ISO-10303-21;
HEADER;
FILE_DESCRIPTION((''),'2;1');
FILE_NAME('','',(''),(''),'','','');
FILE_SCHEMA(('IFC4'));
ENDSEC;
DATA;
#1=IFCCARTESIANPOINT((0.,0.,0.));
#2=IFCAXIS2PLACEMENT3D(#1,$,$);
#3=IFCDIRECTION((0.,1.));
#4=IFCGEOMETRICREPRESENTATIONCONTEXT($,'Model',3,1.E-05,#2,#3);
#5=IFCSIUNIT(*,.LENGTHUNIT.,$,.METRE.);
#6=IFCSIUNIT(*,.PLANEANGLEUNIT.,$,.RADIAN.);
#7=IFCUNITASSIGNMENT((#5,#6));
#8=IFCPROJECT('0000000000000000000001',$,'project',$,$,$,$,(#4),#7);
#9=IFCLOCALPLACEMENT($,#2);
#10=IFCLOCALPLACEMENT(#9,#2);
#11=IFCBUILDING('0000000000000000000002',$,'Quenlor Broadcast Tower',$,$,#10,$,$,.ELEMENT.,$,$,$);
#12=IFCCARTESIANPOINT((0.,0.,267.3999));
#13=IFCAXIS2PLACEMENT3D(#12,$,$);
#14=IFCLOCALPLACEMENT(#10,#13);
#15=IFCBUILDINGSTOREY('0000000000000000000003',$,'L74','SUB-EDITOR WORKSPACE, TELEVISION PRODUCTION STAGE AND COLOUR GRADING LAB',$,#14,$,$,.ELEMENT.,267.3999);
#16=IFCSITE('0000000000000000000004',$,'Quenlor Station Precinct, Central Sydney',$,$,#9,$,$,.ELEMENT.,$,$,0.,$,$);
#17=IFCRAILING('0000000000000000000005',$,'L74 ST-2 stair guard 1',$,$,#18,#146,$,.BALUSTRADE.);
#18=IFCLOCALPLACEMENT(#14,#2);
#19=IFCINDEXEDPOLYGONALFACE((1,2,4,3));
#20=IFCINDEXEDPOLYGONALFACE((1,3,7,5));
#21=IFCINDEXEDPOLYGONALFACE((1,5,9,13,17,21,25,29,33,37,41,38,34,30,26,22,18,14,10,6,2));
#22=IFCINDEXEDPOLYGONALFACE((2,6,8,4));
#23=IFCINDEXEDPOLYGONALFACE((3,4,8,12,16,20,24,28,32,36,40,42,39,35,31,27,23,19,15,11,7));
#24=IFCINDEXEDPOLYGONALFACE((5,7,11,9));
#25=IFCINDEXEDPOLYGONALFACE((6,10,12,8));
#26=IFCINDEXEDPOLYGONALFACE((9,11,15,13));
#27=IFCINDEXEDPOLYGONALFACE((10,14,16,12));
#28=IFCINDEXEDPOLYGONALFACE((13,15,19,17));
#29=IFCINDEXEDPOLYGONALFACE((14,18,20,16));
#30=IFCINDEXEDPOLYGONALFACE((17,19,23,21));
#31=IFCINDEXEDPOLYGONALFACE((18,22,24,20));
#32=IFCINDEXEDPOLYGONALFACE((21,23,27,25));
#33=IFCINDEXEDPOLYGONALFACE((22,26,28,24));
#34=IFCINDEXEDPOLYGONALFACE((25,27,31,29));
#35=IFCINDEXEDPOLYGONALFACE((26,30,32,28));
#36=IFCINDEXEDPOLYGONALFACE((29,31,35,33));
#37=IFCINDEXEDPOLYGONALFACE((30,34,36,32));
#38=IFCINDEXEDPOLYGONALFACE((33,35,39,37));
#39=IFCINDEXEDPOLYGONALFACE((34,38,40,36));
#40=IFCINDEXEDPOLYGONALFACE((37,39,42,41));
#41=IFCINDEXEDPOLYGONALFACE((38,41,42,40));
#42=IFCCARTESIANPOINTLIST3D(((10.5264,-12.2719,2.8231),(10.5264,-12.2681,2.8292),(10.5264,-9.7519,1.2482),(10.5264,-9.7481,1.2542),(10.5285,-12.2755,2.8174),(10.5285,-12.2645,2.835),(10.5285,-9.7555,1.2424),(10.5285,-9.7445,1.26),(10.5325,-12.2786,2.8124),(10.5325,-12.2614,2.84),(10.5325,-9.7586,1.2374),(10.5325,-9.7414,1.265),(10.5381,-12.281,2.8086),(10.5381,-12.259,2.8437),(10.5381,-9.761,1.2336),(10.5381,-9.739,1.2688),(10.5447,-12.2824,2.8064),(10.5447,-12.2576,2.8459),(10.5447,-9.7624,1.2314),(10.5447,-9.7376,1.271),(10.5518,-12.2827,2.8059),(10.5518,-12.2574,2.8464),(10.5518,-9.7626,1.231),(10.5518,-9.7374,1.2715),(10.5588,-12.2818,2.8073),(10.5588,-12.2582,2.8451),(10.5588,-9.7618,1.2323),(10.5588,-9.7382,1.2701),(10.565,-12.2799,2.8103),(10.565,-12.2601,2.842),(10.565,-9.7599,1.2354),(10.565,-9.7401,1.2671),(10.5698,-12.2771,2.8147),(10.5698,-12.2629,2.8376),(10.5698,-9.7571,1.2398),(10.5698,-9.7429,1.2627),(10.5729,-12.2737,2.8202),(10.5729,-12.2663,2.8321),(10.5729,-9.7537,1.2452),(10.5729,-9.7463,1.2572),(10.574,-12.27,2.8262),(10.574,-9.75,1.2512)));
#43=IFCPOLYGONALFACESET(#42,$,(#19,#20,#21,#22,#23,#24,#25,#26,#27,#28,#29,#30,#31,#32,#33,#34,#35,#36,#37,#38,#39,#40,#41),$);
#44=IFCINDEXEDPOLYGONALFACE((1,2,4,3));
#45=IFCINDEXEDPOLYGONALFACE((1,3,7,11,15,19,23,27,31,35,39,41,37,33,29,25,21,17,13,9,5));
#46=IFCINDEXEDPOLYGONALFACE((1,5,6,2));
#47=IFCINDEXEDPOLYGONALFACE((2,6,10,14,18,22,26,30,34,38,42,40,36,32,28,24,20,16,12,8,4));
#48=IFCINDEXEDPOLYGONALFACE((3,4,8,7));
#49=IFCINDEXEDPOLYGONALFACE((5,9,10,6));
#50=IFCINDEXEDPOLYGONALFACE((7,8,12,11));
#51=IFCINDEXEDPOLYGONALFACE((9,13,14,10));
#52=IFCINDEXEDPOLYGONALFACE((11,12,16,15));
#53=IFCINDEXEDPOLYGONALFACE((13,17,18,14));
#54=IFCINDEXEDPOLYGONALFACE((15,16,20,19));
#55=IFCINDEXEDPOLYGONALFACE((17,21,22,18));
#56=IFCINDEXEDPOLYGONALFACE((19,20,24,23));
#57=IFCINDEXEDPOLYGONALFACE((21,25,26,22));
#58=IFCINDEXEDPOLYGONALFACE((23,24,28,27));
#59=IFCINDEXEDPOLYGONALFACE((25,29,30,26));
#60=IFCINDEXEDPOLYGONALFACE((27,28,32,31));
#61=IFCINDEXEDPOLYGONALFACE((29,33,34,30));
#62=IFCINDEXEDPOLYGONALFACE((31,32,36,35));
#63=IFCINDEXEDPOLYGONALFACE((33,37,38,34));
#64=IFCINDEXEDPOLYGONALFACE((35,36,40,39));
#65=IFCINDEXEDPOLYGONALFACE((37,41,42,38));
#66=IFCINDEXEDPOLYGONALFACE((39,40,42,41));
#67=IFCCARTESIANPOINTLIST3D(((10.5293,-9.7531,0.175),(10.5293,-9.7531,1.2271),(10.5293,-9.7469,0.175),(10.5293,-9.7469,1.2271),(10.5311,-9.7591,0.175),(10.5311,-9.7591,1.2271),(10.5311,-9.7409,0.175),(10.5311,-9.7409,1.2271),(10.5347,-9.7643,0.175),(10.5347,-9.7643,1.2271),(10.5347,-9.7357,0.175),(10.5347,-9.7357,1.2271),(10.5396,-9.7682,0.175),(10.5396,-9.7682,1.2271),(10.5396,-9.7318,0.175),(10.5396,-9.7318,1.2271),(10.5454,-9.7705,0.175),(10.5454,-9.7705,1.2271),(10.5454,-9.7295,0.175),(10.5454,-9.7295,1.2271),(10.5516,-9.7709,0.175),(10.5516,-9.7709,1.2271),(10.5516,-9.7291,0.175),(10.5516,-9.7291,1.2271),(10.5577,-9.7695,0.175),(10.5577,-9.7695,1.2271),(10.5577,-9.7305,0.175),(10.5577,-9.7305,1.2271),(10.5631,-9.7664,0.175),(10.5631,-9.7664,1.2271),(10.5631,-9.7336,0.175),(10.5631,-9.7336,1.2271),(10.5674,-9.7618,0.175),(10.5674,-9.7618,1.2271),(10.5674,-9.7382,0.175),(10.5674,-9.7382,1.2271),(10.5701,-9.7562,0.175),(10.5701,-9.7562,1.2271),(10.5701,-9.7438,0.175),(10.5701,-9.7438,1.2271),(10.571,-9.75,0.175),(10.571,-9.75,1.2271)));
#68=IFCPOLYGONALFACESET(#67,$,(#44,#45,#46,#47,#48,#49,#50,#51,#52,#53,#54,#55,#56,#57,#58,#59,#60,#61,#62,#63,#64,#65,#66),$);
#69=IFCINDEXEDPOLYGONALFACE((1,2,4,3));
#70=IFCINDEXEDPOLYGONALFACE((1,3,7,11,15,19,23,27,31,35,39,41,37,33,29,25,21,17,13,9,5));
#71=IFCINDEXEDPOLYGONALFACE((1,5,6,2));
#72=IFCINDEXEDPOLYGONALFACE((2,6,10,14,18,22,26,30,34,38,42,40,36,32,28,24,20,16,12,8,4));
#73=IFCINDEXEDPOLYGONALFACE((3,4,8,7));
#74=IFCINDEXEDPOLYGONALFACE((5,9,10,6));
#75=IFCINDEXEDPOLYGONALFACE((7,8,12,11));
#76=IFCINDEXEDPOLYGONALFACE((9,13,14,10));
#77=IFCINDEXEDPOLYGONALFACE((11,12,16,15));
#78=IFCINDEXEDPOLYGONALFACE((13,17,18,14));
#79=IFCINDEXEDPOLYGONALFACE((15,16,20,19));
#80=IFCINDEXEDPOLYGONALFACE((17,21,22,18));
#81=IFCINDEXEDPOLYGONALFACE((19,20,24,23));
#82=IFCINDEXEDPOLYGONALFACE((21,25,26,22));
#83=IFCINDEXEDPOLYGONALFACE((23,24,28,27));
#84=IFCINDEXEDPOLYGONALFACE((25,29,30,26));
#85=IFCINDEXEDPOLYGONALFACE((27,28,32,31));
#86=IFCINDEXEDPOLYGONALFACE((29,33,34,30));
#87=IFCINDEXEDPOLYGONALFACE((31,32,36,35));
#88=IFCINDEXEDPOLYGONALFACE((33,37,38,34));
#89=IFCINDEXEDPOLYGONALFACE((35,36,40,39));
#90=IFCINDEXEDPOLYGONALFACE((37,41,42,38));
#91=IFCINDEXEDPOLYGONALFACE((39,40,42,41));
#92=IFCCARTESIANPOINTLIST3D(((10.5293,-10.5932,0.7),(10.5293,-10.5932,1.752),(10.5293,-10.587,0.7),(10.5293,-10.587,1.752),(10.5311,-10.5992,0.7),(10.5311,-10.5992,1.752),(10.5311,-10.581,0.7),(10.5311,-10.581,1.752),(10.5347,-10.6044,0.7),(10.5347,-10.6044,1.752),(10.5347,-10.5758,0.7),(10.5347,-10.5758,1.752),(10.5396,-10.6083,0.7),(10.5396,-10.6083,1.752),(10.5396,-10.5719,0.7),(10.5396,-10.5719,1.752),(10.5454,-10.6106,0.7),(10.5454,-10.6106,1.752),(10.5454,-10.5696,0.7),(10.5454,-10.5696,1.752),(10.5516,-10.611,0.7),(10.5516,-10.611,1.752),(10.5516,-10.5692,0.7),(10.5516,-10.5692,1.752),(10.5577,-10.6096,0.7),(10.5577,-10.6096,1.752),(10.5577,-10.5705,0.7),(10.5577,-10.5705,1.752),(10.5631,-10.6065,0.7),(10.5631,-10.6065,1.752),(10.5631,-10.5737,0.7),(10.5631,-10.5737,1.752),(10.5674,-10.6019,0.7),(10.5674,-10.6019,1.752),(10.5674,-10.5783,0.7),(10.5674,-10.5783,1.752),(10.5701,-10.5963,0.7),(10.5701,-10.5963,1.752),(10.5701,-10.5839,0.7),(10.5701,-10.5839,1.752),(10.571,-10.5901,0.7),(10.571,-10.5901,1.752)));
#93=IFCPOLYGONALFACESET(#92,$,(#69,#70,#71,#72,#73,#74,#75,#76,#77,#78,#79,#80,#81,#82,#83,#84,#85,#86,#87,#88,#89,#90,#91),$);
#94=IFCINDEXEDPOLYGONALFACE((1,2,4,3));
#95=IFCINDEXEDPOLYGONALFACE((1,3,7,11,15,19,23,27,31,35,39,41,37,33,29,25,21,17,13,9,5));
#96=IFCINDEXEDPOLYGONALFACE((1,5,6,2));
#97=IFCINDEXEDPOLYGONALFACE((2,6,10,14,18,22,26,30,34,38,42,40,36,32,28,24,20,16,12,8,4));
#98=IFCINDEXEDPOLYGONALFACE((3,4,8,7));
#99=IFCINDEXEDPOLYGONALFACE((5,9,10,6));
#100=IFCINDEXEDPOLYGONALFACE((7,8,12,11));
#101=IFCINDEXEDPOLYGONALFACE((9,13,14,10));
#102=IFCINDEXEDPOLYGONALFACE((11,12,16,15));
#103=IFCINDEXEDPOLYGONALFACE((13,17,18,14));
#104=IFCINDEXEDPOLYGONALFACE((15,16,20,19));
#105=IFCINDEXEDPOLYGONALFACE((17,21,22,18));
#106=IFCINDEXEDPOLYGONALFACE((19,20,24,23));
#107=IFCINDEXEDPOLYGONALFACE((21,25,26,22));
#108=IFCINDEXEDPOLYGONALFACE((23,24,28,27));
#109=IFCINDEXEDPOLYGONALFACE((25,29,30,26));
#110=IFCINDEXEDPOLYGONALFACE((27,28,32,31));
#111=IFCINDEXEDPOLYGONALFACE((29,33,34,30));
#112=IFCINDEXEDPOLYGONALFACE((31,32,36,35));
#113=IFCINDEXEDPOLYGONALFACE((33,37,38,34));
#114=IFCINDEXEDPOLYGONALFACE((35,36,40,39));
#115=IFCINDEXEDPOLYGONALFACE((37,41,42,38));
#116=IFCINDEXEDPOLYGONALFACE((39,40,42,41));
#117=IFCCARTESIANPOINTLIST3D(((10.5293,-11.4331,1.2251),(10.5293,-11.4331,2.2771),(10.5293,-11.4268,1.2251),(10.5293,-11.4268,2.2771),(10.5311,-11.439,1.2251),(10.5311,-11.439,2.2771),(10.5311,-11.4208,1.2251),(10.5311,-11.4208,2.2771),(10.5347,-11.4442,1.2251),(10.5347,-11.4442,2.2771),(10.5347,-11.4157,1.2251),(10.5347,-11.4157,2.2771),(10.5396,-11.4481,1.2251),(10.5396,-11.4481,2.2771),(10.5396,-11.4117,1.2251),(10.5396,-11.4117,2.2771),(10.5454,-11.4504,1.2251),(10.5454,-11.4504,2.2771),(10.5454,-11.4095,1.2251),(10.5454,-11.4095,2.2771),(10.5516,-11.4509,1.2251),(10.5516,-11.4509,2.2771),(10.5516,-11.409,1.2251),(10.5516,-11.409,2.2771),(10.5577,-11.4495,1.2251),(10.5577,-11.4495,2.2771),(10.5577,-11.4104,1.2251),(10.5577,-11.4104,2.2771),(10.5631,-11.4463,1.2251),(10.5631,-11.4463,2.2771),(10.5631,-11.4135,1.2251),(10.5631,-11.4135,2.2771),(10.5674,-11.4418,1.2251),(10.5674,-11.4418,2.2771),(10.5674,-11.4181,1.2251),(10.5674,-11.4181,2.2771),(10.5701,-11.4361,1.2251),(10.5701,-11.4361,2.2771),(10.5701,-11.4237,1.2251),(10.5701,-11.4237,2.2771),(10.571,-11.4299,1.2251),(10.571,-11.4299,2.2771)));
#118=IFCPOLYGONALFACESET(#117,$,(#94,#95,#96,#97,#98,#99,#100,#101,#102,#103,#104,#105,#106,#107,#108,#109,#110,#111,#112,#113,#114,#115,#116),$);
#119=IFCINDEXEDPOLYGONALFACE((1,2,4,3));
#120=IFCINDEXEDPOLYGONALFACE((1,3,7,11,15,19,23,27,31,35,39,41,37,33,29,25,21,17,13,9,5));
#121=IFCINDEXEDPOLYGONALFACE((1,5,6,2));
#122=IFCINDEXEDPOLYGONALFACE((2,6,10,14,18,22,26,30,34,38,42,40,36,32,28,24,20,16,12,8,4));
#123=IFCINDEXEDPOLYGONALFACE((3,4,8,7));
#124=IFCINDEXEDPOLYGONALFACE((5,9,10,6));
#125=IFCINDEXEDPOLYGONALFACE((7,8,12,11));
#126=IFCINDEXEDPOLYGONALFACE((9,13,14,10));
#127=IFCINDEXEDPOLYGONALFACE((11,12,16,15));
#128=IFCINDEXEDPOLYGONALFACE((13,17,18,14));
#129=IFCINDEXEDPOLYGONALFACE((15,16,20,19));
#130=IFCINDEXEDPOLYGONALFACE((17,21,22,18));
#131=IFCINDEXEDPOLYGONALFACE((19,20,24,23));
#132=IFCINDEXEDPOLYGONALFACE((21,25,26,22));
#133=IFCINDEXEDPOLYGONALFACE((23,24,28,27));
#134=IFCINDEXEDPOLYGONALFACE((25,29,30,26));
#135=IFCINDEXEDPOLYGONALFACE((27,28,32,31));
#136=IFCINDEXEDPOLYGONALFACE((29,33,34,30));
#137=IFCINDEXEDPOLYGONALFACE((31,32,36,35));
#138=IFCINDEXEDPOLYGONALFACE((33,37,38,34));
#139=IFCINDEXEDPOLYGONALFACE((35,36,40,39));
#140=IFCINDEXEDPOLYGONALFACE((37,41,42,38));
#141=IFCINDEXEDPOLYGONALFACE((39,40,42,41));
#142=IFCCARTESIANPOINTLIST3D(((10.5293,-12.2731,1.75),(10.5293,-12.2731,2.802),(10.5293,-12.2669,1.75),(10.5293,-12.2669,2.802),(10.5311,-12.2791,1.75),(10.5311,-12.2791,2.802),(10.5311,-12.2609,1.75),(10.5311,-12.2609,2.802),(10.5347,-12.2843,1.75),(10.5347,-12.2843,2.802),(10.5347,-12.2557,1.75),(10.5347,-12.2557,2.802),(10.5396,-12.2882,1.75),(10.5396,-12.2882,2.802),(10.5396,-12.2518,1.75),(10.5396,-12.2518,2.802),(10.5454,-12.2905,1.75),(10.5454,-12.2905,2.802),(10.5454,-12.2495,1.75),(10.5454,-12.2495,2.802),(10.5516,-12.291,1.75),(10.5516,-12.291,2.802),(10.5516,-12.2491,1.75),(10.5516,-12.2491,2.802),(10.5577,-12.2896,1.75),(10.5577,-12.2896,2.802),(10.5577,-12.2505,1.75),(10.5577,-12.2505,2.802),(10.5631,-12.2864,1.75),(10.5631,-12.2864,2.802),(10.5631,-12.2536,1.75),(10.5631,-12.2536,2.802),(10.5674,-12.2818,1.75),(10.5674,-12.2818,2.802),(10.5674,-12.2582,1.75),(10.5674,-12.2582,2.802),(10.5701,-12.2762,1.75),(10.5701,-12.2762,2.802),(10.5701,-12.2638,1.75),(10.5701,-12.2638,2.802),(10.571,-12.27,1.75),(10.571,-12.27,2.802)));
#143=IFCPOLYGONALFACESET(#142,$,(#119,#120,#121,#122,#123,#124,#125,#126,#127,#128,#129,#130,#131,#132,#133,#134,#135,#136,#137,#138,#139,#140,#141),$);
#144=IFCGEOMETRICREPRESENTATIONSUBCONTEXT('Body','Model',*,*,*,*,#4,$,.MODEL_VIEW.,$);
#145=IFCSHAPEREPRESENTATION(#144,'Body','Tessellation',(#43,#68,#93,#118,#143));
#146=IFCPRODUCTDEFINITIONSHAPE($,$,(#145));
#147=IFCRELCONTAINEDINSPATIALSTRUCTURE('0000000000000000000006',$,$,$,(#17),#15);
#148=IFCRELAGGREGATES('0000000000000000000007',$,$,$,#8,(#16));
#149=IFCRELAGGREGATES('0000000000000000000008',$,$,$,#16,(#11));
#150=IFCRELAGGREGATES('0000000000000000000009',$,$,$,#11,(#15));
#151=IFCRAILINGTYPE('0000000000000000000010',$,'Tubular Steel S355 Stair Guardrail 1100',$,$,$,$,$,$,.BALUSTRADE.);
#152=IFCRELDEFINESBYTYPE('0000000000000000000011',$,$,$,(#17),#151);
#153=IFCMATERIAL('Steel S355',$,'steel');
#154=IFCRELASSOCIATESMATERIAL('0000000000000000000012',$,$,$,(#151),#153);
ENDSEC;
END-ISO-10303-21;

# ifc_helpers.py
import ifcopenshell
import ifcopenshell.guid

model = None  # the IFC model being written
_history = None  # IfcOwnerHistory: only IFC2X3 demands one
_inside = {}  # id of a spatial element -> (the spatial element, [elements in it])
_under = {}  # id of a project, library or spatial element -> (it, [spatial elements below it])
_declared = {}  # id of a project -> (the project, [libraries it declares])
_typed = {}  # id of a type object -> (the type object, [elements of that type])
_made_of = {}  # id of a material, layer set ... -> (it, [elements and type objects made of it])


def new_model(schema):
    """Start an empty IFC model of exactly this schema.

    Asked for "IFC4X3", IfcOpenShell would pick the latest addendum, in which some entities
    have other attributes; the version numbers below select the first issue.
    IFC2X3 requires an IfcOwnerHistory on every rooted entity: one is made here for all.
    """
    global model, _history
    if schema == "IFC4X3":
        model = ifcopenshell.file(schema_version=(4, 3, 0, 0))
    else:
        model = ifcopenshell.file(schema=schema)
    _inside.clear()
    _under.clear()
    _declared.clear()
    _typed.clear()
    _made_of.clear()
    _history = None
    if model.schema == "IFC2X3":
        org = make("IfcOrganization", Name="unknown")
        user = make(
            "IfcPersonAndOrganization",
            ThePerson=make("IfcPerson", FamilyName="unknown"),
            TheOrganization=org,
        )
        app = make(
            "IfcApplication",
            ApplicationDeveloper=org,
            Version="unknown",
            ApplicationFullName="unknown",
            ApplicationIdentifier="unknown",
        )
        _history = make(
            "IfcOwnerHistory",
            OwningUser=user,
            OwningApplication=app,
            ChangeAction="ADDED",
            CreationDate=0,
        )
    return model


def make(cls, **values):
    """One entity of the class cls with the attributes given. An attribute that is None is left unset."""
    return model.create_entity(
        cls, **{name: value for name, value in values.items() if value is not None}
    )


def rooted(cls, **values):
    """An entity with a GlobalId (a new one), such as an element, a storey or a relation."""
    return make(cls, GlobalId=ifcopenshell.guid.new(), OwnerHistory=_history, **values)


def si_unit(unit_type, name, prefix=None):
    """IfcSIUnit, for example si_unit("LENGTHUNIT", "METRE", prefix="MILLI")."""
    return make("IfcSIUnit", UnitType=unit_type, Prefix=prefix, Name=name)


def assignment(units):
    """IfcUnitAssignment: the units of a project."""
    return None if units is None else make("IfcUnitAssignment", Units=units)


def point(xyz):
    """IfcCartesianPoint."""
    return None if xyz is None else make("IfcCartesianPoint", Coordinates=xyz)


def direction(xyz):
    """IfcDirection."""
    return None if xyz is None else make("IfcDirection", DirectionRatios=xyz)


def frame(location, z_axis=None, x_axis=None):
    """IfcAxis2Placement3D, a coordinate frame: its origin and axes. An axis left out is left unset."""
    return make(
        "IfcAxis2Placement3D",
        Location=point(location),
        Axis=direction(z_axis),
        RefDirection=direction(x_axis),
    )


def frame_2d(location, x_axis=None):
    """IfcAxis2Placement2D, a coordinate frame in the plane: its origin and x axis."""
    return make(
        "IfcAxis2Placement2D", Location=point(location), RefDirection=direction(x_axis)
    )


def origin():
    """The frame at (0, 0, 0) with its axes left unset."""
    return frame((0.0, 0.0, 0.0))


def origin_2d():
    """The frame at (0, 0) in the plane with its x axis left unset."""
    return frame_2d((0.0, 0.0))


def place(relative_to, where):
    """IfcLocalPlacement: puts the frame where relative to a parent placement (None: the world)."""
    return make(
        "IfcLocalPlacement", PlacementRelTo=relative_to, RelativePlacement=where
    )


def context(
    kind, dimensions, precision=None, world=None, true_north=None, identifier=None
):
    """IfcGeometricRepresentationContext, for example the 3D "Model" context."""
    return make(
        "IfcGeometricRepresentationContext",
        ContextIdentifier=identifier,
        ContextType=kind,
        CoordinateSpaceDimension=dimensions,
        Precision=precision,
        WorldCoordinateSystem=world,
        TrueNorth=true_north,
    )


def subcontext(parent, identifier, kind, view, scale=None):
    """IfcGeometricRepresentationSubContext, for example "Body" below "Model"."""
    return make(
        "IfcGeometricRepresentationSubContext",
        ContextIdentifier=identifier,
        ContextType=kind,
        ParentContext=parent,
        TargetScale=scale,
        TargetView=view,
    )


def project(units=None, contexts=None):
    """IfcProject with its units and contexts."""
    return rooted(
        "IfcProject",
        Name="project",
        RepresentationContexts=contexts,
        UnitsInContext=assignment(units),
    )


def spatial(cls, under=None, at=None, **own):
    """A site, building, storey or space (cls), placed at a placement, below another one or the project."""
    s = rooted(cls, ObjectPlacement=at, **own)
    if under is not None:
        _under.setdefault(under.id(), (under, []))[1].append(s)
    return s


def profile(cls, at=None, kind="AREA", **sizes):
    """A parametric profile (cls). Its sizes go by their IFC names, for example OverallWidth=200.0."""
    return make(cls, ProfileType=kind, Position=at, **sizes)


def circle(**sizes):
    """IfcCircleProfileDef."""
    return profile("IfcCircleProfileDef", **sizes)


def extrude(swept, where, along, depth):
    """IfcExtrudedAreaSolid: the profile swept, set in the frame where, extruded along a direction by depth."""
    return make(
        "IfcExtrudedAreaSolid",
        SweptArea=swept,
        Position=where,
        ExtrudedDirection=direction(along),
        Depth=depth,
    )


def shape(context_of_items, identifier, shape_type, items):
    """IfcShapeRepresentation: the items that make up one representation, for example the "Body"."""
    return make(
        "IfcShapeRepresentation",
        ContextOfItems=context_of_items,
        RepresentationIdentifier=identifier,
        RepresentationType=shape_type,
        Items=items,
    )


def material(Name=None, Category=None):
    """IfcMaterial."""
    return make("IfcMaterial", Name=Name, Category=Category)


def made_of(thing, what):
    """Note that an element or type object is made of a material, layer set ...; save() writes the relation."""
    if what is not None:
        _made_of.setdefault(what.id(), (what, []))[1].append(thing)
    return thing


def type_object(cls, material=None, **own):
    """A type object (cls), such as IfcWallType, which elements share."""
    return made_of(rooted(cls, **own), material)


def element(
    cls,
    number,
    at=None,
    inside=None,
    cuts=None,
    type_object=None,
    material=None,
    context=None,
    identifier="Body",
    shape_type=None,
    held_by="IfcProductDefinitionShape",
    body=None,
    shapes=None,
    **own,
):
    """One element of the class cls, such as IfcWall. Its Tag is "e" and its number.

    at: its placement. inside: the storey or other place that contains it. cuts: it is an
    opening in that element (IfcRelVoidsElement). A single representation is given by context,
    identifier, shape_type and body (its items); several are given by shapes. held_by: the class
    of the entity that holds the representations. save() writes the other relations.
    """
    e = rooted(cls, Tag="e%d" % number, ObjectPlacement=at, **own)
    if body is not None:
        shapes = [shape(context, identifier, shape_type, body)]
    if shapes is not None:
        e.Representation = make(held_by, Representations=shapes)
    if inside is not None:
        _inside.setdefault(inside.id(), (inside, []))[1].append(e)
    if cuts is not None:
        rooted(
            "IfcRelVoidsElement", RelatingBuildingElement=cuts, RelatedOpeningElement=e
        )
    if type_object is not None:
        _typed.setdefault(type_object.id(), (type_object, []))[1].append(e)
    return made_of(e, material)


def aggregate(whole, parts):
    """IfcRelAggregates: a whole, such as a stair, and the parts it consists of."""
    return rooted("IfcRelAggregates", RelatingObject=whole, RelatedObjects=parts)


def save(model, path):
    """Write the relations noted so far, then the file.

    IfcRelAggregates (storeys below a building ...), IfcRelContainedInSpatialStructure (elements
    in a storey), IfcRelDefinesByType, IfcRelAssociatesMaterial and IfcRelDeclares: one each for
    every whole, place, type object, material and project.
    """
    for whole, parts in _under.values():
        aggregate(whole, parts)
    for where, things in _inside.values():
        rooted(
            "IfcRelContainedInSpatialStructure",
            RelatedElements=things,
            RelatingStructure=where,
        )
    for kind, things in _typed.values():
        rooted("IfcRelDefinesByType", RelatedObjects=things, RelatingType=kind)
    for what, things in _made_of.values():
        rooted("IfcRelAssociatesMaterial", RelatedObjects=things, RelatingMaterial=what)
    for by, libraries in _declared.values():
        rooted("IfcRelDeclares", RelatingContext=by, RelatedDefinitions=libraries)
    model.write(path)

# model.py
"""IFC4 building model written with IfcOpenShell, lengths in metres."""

from ifc_helpers import new_model, si_unit, direction, frame, origin, origin_2d, place, context, subcontext, project, spatial, circle, extrude, material, type_object, element, save


model = new_model("IFC4")

# Units and contexts
model_context = context("Model", 3, precision=1e-05, world=origin(), true_north=direction((0.0, 1.0)))
body_context = subcontext(model_context, "Body", "Model", "MODEL_VIEW")
ifc_project = project(units=[si_unit("LENGTHUNIT", "METRE"), si_unit("PLANEANGLEUNIT", "RADIAN")], contexts=[model_context])

# Site, building, storey
site_placement = place(None, origin())
site = spatial("IfcSite", under=ifc_project, at=site_placement, Name="Quenlor Station Precinct, Central Sydney", CompositionType="ELEMENT", RefElevation=0.0)
building_placement = place(site_placement, origin())
building = spatial("IfcBuilding", under=site, at=building_placement, Name="Quenlor Broadcast Tower", CompositionType="ELEMENT")
storey_placement = place(building_placement, frame((0.0, 0.0, 267.3999)))
storey = spatial("IfcBuildingStorey", under=building, at=storey_placement, Name="L74", Description="SUB-EDITOR WORKSPACE, TELEVISION PRODUCTION STAGE AND COLOUR GRADING LAB", CompositionType="ELEMENT", Elevation=267.3999)

# Railing
ifc_material_1 = material(Name="Steel S355", Category="steel")
railing_type_1 = type_object("IfcRailingType", Name="Tubular Steel S355 Stair Guardrail 1100", PredefinedType="BALUSTRADE", material=ifc_material_1)
railing_1_placement = place(storey_placement, frame((10.55, -9.75, 0.175)))
element("IfcRailing", 1, at=railing_1_placement, inside=storey, type_object=railing_type_1, Name="L74 ST-2 stair guard 1", PredefinedType="BALUSTRADE", context=body_context, shape_type="SweptSolid", body=[
    extrude(circle(Radius=0.0239, at=origin_2d()), frame((0.0, 0.0, 1.0762), z_axis=(0.0, -0.848008, 0.529984), x_axis=(1.0, 0.0, 0.0)), (0.0, 0.0, 1.0), 2.9717),
    extrude(circle(Radius=0.021, at=origin_2d()), origin(), (0.0, 0.0, 1.0), 1.052),
    extrude(circle(Radius=0.021, at=origin_2d()), frame((0.0, -0.8401, 0.5249)), (0.0, 0.0, 1.0), 1.052),
    extrude(circle(Radius=0.021, at=origin_2d()), frame((0.0, -1.6799, 1.05)), (0.0, 0.0, 1.0), 1.052),
    extrude(circle(Radius=0.021, at=origin_2d()), frame((0.0, -2.52, 1.575)), (0.0, 0.0, 1.0), 1.052),
])

save(model, "model.ifc")
